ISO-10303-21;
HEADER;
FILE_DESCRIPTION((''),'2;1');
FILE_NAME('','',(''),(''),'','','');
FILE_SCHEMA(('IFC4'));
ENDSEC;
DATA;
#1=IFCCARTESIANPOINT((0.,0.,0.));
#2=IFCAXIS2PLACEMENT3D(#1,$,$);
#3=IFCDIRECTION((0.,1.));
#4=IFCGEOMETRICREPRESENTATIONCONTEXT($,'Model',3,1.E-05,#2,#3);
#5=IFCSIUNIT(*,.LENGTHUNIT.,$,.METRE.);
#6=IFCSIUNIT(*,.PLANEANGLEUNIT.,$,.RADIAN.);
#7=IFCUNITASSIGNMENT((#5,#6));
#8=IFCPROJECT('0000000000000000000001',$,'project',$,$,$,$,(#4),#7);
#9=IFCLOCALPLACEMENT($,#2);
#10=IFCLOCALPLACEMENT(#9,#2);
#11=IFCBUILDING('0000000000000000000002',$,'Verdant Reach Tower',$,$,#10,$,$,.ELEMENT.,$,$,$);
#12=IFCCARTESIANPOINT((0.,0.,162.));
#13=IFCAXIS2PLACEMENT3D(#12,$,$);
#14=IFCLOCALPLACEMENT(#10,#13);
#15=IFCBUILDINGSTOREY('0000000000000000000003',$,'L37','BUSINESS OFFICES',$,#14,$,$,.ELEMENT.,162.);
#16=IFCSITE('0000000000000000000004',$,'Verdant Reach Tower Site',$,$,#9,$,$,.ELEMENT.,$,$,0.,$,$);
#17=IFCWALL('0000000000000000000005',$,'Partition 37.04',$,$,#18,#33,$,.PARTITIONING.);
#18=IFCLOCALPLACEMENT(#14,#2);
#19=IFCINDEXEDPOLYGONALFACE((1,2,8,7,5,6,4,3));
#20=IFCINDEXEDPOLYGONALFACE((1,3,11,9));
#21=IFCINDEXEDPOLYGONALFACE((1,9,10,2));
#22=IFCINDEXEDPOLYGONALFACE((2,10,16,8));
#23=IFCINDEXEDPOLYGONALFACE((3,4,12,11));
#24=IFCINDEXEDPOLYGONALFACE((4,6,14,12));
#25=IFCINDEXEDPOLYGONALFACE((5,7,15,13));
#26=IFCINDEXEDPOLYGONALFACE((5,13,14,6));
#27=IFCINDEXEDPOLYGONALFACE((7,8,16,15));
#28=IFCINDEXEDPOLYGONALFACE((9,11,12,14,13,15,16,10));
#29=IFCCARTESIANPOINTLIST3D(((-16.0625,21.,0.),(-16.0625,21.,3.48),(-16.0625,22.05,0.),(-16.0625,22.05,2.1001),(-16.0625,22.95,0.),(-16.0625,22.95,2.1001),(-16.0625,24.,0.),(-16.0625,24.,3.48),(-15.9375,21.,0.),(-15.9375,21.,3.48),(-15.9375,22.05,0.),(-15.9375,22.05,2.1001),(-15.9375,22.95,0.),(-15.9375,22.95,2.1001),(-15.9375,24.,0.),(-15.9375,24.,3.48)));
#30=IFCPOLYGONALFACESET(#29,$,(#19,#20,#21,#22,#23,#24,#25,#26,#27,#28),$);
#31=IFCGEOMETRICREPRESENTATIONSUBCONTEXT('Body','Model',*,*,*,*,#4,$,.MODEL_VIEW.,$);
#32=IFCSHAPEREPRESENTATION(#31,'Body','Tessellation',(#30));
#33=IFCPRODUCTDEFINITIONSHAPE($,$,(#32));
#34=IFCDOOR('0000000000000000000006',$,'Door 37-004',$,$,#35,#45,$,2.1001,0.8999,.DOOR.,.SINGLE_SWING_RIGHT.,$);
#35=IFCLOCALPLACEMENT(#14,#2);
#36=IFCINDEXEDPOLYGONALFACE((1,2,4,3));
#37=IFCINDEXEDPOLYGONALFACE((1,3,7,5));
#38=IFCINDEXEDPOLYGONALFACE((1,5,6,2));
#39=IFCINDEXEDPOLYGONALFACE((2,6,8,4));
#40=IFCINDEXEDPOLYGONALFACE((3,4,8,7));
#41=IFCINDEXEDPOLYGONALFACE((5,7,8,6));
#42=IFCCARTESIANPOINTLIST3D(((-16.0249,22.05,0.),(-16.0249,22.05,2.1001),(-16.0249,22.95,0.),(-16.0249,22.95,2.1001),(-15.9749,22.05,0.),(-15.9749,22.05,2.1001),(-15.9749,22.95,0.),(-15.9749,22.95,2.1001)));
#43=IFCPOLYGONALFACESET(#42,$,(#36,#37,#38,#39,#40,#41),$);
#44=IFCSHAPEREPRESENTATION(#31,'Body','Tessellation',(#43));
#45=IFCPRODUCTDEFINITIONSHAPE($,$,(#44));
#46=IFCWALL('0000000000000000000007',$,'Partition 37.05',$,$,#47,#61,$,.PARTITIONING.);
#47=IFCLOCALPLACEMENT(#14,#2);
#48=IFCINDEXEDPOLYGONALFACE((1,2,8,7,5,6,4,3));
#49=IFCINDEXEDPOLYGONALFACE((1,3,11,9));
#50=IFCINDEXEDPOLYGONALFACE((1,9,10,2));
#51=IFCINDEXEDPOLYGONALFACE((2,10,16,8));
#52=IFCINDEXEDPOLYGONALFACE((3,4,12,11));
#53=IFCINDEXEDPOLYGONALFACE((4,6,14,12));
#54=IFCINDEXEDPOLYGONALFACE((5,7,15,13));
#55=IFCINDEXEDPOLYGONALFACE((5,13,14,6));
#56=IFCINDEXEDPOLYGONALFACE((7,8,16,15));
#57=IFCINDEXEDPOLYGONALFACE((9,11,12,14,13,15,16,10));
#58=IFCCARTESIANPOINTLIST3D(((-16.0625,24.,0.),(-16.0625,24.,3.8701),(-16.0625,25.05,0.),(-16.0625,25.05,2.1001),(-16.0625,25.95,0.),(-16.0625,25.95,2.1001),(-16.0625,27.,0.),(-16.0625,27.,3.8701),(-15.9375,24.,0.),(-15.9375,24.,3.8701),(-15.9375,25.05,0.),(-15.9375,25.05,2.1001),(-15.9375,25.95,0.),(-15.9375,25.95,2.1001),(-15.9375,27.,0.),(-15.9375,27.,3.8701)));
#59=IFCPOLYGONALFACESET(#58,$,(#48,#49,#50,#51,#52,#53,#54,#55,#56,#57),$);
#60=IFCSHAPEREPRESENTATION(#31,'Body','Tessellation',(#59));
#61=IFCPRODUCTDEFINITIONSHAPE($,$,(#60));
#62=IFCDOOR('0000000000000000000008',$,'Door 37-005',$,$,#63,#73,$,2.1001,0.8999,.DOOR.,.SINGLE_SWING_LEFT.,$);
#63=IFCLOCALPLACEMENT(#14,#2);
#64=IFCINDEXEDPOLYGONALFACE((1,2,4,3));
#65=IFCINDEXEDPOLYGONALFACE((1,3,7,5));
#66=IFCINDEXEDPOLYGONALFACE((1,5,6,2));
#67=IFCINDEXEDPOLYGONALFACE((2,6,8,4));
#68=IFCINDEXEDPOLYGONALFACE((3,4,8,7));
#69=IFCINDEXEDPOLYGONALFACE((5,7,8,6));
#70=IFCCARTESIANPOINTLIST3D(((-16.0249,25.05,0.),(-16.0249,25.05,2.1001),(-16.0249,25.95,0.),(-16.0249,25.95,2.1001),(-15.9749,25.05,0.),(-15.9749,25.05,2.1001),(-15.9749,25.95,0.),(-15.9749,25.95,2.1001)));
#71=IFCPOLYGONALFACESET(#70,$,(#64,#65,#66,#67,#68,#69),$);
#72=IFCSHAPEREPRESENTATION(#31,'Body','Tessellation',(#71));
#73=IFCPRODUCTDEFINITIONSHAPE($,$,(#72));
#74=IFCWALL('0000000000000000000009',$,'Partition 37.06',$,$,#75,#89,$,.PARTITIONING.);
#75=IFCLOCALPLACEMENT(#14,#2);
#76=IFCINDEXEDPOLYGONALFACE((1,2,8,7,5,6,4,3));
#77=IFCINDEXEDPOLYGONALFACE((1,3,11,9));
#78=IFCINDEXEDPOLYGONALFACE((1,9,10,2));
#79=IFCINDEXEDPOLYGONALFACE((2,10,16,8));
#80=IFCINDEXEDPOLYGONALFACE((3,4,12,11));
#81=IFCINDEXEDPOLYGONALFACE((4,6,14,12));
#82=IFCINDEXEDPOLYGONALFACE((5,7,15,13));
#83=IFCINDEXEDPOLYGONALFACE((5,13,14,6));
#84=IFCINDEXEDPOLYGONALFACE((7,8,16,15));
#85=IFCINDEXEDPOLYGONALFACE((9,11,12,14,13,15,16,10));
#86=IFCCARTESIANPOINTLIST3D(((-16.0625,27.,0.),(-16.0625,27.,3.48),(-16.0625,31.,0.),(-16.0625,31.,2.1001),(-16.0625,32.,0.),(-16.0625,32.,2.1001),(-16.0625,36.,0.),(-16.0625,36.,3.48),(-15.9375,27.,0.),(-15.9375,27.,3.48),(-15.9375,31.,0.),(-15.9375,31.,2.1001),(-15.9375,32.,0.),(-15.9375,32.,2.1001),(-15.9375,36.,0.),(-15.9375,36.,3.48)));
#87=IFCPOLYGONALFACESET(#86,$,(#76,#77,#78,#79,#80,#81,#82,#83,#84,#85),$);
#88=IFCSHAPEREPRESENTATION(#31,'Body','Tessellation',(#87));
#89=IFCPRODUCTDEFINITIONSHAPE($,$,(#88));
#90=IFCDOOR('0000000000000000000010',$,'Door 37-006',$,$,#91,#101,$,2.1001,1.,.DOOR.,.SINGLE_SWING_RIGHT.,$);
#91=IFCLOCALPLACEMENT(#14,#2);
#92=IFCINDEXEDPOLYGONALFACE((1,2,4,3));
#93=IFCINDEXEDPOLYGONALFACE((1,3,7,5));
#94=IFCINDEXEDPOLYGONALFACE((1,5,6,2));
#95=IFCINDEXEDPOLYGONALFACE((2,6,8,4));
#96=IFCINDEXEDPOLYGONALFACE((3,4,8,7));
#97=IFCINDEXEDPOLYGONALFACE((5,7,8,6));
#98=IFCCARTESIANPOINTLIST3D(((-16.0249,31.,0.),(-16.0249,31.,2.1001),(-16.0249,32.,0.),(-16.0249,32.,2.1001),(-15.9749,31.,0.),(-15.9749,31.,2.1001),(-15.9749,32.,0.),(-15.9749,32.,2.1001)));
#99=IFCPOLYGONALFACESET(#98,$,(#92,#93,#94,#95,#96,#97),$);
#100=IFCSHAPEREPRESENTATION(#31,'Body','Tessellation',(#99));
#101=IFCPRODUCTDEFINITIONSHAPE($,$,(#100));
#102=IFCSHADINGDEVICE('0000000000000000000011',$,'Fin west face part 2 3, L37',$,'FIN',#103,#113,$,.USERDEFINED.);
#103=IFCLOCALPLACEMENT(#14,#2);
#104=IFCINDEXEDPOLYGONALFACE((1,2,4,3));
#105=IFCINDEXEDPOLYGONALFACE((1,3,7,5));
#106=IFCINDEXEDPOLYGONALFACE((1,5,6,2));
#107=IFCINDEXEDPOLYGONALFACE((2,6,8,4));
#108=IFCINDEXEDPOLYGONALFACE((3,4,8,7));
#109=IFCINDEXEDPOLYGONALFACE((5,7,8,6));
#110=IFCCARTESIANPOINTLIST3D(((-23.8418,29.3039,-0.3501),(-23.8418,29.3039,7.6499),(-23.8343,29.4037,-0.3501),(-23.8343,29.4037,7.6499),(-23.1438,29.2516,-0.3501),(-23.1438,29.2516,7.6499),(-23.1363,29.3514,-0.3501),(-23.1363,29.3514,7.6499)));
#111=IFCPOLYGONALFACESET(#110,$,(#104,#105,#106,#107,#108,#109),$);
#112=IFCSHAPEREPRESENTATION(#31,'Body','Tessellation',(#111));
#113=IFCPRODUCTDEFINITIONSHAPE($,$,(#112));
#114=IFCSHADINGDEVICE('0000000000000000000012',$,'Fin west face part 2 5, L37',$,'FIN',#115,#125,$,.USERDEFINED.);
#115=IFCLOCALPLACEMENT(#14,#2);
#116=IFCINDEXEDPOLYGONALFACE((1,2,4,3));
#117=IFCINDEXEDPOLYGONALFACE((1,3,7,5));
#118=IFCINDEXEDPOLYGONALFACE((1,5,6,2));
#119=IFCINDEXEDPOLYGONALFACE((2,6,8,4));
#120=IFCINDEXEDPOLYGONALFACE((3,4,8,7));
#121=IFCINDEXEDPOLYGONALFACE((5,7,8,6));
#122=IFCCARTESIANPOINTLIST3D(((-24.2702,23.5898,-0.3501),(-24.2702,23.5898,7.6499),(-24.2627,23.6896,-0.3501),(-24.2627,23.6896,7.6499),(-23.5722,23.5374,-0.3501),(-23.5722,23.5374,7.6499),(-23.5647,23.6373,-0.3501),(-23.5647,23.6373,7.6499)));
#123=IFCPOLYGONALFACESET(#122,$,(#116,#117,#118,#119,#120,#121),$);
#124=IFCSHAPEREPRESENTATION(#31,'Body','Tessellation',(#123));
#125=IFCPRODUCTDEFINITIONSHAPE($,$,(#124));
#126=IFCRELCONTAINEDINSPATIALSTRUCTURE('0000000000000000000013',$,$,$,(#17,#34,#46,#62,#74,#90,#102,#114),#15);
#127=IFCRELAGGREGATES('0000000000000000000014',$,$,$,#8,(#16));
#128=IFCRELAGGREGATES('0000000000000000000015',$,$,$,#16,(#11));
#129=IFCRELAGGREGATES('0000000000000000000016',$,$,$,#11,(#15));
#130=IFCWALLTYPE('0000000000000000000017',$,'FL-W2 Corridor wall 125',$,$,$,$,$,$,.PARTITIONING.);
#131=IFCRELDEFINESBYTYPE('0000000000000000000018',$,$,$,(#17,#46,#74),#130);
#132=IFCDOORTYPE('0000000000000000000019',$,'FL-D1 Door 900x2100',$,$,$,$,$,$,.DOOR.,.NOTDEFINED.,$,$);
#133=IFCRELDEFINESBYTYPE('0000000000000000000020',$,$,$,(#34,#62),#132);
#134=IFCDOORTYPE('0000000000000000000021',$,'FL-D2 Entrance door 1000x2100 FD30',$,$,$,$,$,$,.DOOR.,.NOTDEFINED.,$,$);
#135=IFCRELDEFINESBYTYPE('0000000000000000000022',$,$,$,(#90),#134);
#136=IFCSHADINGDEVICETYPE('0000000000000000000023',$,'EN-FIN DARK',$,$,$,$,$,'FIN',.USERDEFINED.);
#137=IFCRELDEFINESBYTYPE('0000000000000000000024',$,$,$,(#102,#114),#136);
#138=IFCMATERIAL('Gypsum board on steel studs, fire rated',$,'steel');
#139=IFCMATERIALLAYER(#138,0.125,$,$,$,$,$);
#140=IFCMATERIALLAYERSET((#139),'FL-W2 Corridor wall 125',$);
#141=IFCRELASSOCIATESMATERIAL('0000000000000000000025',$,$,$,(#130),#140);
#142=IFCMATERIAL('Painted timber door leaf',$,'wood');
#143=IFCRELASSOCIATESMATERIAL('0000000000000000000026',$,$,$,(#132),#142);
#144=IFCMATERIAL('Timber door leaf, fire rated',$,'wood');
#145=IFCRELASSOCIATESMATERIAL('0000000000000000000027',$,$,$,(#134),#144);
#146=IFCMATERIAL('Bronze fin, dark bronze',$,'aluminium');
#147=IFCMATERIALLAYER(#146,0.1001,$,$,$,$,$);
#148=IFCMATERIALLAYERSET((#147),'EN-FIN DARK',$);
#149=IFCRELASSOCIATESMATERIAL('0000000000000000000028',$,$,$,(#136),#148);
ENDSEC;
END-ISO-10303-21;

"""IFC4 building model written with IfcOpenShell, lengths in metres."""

from ifc_helpers import new_model, si_unit, direction, frame, frame_2d, origin, origin_2d, place, context, subcontext, project, spatial, rectangle, extrude, material, layer, layer_set, type_object, element, fill, save


model = new_model("IFC4")

# Units and contexts
model_context = context("Model", 3, precision=1e-05, world=origin(), true_north=direction((0.0, 1.0)))
body_context = subcontext(model_context, "Body", "Model", "MODEL_VIEW")
ifc_project = project(units=[si_unit("LENGTHUNIT", "METRE"), si_unit("PLANEANGLEUNIT", "RADIAN")], contexts=[model_context])

# Site, building, storey
site_placement = place(None, origin())
site = spatial("IfcSite", under=ifc_project, at=site_placement, Name="Verdant Reach Tower Site", CompositionType="ELEMENT", RefElevation=0.0)
building_placement = place(site_placement, origin())
building = spatial("IfcBuilding", under=site, at=building_placement, Name="Verdant Reach Tower", CompositionType="ELEMENT")
storey_placement = place(building_placement, frame((0.0, 0.0, 162.0)))
storey = spatial("IfcBuildingStorey", under=building, at=storey_placement, Name="L37", Description="BUSINESS OFFICES", CompositionType="ELEMENT", Elevation=162.0)

# Walls, openings, doors
ifc_material_1 = material(Name="Gypsum board on steel studs, fire rated", Category="steel")
ifc_layer_1 = layer(ifc_material_1, 0.125)
ifc_layer_set_1 = layer_set([ifc_layer_1], Name="FL-W2 Corridor wall 125")
wall_type_1 = type_object("IfcWallType", Name="FL-W2 Corridor wall 125", PredefinedType="PARTITIONING", material=ifc_layer_set_1)
ifc_material_2 = material(Name="Painted timber door leaf", Category="wood")
door_type_1 = type_object("IfcDoorType", Name="FL-D1 Door 900x2100", OperationType="NOTDEFINED", PredefinedType="DOOR", material=ifc_material_2)
wall_1_placement = place(storey_placement, frame((-16.0, 21.0, 0.0), z_axis=(0.0, 0.0, 1.0), x_axis=(0.0, 1.0, 0.0)))
wall_1 = element("IfcWall", 1, at=wall_1_placement, inside=storey, type_object=wall_type_1, Name="Partition 37.04", PredefinedType="PARTITIONING", context=body_context, shape_type="SweptSolid", body=[
    extrude(rectangle(XDim=3.0, YDim=0.125, at=frame_2d((1.5, 0.0))), origin(), (0.0, 0.0, 1.0), 3.48),
])
opening_1_placement = place(wall_1_placement, frame((1.05, 0.0, 0.0)))
opening_1 = element("IfcOpeningElement", 2, at=opening_1_placement, cuts=wall_1, PredefinedType="OPENING", context=body_context, shape_type="SweptSolid", body=[
    extrude(rectangle(XDim=0.8999, YDim=2.1001, at=frame_2d((0.45, 1.05))), frame((0.0, 0.0725, 0.0), z_axis=(0.0, -1.0, 0.0), x_axis=(1.0, 0.0, 0.0)), (0.0, 0.0, 1.0), 0.145),
])
door_1_placement = place(opening_1_placement, origin())
door_1 = element("IfcDoor", 3, at=door_1_placement, inside=storey, type_object=door_type_1, Name="Door 37-004", OperationType="SINGLE_SWING_RIGHT", OverallHeight=2.1001, OverallWidth=0.8999, PredefinedType="DOOR", context=body_context, shape_type="SweptSolid", body=[
    extrude(rectangle(XDim=0.8999, YDim=2.1001, at=frame_2d((0.45, 1.05))), frame((0.0, 0.0249, 0.0), z_axis=(0.0, -1.0, 0.0), x_axis=(1.0, 0.0, 0.0)), (0.0, 0.0, 1.0), 0.05),
])
fill(opening_1, door_1)
wall_2_placement = place(storey_placement, frame((-16.0, 24.0, 0.0), z_axis=(0.0, 0.0, 1.0), x_axis=(0.0, 1.0, 0.0)))
wall_2 = element("IfcWall", 4, at=wall_2_placement, inside=storey, type_object=wall_type_1, Name="Partition 37.05", PredefinedType="PARTITIONING", context=body_context, shape_type="SweptSolid", body=[
    extrude(rectangle(XDim=3.0, YDim=0.125, at=frame_2d((1.5, 0.0))), origin(), (0.0, 0.0, 1.0), 3.8701),
])
opening_2_placement = place(wall_2_placement, frame((1.05, 0.0, 0.0)))
opening_2 = element("IfcOpeningElement", 5, at=opening_2_placement, cuts=wall_2, PredefinedType="OPENING", context=body_context, shape_type="SweptSolid", body=[
    extrude(rectangle(XDim=0.8999, YDim=2.1001, at=frame_2d((0.45, 1.05))), frame((0.0, 0.0725, 0.0), z_axis=(0.0, -1.0, 0.0), x_axis=(1.0, 0.0, 0.0)), (0.0, 0.0, 1.0), 0.145),
])
door_2_placement = place(opening_2_placement, origin())
door_2 = element("IfcDoor", 6, at=door_2_placement, inside=storey, type_object=door_type_1, Name="Door 37-005", OperationType="SINGLE_SWING_LEFT", OverallHeight=2.1001, OverallWidth=0.8999, PredefinedType="DOOR", context=body_context, shape_type="SweptSolid", body=[
    extrude(rectangle(XDim=0.8999, YDim=2.1001, at=frame_2d((0.45, 1.05))), frame((0.0, 0.0249, 0.0), z_axis=(0.0, -1.0, 0.0), x_axis=(1.0, 0.0, 0.0)), (0.0, 0.0, 1.0), 0.05),
])
fill(opening_2, door_2)
wall_3_placement = place(storey_placement, frame((-16.0, 27.0, 0.0), z_axis=(0.0, 0.0, 1.0), x_axis=(0.0, 1.0, 0.0)))
wall_3 = element("IfcWall", 7, at=wall_3_placement, inside=storey, type_object=wall_type_1, Name="Partition 37.06", PredefinedType="PARTITIONING", context=body_context, shape_type="SweptSolid", body=[
    extrude(rectangle(XDim=9.0, YDim=0.125, at=frame_2d((4.5, 0.0))), origin(), (0.0, 0.0, 1.0), 3.48),
])
opening_3_placement = place(wall_3_placement, frame((4.0, 0.0, 0.0)))
opening_3 = element("IfcOpeningElement", 8, at=opening_3_placement, cuts=wall_3, PredefinedType="OPENING", context=body_context, shape_type="SweptSolid", body=[
    extrude(rectangle(XDim=1.0, YDim=2.1001, at=frame_2d((0.5, 1.05))), frame((0.0, 0.0725, 0.0), z_axis=(0.0, -1.0, 0.0), x_axis=(1.0, 0.0, 0.0)), (0.0, 0.0, 1.0), 0.145),
])
ifc_material_3 = material(Name="Timber door leaf, fire rated", Category="wood")
door_type_2 = type_object("IfcDoorType", Name="FL-D2 Entrance door 1000x2100 FD30", OperationType="NOTDEFINED", PredefinedType="DOOR", material=ifc_material_3)
door_3_placement = place(opening_3_placement, origin())
door_3 = element("IfcDoor", 9, at=door_3_placement, inside=storey, type_object=door_type_2, Name="Door 37-006", OperationType="SINGLE_SWING_RIGHT", OverallHeight=2.1001, OverallWidth=1.0, PredefinedType="DOOR", context=body_context, shape_type="SweptSolid", body=[
    extrude(rectangle(XDim=1.0, YDim=2.1001, at=frame_2d((0.5, 1.05))), frame((0.0, 0.0249, 0.0), z_axis=(0.0, -1.0, 0.0), x_axis=(1.0, 0.0, 0.0)), (0.0, 0.0, 1.0), 0.05),
])
fill(opening_3, door_3)

# Shading devices
ifc_material_4 = material(Name="Bronze fin, dark bronze", Category="aluminium")
ifc_layer_2 = layer(ifc_material_4, 0.1001)
ifc_layer_set_2 = layer_set([ifc_layer_2], Name="EN-FIN DARK")
shading_device_type = type_object("IfcShadingDeviceType", Name="EN-FIN DARK", ElementType="FIN", PredefinedType="USERDEFINED", material=ifc_layer_set_2)
for number, where, z_axis, x_axis, name in (
    (10, (-23.489, 29.3276, -0.3501), (0.0, 0.0, 1.0), (-0.07479, -0.997199, 0.0), "Fin west face part 2 3, L37"),
    (11, (-23.9175, 23.6135, -0.3501), (0.0, 0.0, 1.0), (-0.07479, -0.997199, 0.0), "Fin west face part 2 5, L37"),
):
    element("IfcShadingDevice", number, at=place(storey_placement, frame(where, z_axis=z_axis, x_axis=x_axis)), inside=storey, type_object=shading_device_type, Name=name, ObjectType="FIN", PredefinedType="USERDEFINED", context=body_context, shape_type="SweptSolid", body=[
        extrude(rectangle(XDim=0.1001, YDim=0.7, at=origin_2d()), origin(), (0.0, 0.0, 1.0), 8.0),
    ])

save(model, "model.ifc")
